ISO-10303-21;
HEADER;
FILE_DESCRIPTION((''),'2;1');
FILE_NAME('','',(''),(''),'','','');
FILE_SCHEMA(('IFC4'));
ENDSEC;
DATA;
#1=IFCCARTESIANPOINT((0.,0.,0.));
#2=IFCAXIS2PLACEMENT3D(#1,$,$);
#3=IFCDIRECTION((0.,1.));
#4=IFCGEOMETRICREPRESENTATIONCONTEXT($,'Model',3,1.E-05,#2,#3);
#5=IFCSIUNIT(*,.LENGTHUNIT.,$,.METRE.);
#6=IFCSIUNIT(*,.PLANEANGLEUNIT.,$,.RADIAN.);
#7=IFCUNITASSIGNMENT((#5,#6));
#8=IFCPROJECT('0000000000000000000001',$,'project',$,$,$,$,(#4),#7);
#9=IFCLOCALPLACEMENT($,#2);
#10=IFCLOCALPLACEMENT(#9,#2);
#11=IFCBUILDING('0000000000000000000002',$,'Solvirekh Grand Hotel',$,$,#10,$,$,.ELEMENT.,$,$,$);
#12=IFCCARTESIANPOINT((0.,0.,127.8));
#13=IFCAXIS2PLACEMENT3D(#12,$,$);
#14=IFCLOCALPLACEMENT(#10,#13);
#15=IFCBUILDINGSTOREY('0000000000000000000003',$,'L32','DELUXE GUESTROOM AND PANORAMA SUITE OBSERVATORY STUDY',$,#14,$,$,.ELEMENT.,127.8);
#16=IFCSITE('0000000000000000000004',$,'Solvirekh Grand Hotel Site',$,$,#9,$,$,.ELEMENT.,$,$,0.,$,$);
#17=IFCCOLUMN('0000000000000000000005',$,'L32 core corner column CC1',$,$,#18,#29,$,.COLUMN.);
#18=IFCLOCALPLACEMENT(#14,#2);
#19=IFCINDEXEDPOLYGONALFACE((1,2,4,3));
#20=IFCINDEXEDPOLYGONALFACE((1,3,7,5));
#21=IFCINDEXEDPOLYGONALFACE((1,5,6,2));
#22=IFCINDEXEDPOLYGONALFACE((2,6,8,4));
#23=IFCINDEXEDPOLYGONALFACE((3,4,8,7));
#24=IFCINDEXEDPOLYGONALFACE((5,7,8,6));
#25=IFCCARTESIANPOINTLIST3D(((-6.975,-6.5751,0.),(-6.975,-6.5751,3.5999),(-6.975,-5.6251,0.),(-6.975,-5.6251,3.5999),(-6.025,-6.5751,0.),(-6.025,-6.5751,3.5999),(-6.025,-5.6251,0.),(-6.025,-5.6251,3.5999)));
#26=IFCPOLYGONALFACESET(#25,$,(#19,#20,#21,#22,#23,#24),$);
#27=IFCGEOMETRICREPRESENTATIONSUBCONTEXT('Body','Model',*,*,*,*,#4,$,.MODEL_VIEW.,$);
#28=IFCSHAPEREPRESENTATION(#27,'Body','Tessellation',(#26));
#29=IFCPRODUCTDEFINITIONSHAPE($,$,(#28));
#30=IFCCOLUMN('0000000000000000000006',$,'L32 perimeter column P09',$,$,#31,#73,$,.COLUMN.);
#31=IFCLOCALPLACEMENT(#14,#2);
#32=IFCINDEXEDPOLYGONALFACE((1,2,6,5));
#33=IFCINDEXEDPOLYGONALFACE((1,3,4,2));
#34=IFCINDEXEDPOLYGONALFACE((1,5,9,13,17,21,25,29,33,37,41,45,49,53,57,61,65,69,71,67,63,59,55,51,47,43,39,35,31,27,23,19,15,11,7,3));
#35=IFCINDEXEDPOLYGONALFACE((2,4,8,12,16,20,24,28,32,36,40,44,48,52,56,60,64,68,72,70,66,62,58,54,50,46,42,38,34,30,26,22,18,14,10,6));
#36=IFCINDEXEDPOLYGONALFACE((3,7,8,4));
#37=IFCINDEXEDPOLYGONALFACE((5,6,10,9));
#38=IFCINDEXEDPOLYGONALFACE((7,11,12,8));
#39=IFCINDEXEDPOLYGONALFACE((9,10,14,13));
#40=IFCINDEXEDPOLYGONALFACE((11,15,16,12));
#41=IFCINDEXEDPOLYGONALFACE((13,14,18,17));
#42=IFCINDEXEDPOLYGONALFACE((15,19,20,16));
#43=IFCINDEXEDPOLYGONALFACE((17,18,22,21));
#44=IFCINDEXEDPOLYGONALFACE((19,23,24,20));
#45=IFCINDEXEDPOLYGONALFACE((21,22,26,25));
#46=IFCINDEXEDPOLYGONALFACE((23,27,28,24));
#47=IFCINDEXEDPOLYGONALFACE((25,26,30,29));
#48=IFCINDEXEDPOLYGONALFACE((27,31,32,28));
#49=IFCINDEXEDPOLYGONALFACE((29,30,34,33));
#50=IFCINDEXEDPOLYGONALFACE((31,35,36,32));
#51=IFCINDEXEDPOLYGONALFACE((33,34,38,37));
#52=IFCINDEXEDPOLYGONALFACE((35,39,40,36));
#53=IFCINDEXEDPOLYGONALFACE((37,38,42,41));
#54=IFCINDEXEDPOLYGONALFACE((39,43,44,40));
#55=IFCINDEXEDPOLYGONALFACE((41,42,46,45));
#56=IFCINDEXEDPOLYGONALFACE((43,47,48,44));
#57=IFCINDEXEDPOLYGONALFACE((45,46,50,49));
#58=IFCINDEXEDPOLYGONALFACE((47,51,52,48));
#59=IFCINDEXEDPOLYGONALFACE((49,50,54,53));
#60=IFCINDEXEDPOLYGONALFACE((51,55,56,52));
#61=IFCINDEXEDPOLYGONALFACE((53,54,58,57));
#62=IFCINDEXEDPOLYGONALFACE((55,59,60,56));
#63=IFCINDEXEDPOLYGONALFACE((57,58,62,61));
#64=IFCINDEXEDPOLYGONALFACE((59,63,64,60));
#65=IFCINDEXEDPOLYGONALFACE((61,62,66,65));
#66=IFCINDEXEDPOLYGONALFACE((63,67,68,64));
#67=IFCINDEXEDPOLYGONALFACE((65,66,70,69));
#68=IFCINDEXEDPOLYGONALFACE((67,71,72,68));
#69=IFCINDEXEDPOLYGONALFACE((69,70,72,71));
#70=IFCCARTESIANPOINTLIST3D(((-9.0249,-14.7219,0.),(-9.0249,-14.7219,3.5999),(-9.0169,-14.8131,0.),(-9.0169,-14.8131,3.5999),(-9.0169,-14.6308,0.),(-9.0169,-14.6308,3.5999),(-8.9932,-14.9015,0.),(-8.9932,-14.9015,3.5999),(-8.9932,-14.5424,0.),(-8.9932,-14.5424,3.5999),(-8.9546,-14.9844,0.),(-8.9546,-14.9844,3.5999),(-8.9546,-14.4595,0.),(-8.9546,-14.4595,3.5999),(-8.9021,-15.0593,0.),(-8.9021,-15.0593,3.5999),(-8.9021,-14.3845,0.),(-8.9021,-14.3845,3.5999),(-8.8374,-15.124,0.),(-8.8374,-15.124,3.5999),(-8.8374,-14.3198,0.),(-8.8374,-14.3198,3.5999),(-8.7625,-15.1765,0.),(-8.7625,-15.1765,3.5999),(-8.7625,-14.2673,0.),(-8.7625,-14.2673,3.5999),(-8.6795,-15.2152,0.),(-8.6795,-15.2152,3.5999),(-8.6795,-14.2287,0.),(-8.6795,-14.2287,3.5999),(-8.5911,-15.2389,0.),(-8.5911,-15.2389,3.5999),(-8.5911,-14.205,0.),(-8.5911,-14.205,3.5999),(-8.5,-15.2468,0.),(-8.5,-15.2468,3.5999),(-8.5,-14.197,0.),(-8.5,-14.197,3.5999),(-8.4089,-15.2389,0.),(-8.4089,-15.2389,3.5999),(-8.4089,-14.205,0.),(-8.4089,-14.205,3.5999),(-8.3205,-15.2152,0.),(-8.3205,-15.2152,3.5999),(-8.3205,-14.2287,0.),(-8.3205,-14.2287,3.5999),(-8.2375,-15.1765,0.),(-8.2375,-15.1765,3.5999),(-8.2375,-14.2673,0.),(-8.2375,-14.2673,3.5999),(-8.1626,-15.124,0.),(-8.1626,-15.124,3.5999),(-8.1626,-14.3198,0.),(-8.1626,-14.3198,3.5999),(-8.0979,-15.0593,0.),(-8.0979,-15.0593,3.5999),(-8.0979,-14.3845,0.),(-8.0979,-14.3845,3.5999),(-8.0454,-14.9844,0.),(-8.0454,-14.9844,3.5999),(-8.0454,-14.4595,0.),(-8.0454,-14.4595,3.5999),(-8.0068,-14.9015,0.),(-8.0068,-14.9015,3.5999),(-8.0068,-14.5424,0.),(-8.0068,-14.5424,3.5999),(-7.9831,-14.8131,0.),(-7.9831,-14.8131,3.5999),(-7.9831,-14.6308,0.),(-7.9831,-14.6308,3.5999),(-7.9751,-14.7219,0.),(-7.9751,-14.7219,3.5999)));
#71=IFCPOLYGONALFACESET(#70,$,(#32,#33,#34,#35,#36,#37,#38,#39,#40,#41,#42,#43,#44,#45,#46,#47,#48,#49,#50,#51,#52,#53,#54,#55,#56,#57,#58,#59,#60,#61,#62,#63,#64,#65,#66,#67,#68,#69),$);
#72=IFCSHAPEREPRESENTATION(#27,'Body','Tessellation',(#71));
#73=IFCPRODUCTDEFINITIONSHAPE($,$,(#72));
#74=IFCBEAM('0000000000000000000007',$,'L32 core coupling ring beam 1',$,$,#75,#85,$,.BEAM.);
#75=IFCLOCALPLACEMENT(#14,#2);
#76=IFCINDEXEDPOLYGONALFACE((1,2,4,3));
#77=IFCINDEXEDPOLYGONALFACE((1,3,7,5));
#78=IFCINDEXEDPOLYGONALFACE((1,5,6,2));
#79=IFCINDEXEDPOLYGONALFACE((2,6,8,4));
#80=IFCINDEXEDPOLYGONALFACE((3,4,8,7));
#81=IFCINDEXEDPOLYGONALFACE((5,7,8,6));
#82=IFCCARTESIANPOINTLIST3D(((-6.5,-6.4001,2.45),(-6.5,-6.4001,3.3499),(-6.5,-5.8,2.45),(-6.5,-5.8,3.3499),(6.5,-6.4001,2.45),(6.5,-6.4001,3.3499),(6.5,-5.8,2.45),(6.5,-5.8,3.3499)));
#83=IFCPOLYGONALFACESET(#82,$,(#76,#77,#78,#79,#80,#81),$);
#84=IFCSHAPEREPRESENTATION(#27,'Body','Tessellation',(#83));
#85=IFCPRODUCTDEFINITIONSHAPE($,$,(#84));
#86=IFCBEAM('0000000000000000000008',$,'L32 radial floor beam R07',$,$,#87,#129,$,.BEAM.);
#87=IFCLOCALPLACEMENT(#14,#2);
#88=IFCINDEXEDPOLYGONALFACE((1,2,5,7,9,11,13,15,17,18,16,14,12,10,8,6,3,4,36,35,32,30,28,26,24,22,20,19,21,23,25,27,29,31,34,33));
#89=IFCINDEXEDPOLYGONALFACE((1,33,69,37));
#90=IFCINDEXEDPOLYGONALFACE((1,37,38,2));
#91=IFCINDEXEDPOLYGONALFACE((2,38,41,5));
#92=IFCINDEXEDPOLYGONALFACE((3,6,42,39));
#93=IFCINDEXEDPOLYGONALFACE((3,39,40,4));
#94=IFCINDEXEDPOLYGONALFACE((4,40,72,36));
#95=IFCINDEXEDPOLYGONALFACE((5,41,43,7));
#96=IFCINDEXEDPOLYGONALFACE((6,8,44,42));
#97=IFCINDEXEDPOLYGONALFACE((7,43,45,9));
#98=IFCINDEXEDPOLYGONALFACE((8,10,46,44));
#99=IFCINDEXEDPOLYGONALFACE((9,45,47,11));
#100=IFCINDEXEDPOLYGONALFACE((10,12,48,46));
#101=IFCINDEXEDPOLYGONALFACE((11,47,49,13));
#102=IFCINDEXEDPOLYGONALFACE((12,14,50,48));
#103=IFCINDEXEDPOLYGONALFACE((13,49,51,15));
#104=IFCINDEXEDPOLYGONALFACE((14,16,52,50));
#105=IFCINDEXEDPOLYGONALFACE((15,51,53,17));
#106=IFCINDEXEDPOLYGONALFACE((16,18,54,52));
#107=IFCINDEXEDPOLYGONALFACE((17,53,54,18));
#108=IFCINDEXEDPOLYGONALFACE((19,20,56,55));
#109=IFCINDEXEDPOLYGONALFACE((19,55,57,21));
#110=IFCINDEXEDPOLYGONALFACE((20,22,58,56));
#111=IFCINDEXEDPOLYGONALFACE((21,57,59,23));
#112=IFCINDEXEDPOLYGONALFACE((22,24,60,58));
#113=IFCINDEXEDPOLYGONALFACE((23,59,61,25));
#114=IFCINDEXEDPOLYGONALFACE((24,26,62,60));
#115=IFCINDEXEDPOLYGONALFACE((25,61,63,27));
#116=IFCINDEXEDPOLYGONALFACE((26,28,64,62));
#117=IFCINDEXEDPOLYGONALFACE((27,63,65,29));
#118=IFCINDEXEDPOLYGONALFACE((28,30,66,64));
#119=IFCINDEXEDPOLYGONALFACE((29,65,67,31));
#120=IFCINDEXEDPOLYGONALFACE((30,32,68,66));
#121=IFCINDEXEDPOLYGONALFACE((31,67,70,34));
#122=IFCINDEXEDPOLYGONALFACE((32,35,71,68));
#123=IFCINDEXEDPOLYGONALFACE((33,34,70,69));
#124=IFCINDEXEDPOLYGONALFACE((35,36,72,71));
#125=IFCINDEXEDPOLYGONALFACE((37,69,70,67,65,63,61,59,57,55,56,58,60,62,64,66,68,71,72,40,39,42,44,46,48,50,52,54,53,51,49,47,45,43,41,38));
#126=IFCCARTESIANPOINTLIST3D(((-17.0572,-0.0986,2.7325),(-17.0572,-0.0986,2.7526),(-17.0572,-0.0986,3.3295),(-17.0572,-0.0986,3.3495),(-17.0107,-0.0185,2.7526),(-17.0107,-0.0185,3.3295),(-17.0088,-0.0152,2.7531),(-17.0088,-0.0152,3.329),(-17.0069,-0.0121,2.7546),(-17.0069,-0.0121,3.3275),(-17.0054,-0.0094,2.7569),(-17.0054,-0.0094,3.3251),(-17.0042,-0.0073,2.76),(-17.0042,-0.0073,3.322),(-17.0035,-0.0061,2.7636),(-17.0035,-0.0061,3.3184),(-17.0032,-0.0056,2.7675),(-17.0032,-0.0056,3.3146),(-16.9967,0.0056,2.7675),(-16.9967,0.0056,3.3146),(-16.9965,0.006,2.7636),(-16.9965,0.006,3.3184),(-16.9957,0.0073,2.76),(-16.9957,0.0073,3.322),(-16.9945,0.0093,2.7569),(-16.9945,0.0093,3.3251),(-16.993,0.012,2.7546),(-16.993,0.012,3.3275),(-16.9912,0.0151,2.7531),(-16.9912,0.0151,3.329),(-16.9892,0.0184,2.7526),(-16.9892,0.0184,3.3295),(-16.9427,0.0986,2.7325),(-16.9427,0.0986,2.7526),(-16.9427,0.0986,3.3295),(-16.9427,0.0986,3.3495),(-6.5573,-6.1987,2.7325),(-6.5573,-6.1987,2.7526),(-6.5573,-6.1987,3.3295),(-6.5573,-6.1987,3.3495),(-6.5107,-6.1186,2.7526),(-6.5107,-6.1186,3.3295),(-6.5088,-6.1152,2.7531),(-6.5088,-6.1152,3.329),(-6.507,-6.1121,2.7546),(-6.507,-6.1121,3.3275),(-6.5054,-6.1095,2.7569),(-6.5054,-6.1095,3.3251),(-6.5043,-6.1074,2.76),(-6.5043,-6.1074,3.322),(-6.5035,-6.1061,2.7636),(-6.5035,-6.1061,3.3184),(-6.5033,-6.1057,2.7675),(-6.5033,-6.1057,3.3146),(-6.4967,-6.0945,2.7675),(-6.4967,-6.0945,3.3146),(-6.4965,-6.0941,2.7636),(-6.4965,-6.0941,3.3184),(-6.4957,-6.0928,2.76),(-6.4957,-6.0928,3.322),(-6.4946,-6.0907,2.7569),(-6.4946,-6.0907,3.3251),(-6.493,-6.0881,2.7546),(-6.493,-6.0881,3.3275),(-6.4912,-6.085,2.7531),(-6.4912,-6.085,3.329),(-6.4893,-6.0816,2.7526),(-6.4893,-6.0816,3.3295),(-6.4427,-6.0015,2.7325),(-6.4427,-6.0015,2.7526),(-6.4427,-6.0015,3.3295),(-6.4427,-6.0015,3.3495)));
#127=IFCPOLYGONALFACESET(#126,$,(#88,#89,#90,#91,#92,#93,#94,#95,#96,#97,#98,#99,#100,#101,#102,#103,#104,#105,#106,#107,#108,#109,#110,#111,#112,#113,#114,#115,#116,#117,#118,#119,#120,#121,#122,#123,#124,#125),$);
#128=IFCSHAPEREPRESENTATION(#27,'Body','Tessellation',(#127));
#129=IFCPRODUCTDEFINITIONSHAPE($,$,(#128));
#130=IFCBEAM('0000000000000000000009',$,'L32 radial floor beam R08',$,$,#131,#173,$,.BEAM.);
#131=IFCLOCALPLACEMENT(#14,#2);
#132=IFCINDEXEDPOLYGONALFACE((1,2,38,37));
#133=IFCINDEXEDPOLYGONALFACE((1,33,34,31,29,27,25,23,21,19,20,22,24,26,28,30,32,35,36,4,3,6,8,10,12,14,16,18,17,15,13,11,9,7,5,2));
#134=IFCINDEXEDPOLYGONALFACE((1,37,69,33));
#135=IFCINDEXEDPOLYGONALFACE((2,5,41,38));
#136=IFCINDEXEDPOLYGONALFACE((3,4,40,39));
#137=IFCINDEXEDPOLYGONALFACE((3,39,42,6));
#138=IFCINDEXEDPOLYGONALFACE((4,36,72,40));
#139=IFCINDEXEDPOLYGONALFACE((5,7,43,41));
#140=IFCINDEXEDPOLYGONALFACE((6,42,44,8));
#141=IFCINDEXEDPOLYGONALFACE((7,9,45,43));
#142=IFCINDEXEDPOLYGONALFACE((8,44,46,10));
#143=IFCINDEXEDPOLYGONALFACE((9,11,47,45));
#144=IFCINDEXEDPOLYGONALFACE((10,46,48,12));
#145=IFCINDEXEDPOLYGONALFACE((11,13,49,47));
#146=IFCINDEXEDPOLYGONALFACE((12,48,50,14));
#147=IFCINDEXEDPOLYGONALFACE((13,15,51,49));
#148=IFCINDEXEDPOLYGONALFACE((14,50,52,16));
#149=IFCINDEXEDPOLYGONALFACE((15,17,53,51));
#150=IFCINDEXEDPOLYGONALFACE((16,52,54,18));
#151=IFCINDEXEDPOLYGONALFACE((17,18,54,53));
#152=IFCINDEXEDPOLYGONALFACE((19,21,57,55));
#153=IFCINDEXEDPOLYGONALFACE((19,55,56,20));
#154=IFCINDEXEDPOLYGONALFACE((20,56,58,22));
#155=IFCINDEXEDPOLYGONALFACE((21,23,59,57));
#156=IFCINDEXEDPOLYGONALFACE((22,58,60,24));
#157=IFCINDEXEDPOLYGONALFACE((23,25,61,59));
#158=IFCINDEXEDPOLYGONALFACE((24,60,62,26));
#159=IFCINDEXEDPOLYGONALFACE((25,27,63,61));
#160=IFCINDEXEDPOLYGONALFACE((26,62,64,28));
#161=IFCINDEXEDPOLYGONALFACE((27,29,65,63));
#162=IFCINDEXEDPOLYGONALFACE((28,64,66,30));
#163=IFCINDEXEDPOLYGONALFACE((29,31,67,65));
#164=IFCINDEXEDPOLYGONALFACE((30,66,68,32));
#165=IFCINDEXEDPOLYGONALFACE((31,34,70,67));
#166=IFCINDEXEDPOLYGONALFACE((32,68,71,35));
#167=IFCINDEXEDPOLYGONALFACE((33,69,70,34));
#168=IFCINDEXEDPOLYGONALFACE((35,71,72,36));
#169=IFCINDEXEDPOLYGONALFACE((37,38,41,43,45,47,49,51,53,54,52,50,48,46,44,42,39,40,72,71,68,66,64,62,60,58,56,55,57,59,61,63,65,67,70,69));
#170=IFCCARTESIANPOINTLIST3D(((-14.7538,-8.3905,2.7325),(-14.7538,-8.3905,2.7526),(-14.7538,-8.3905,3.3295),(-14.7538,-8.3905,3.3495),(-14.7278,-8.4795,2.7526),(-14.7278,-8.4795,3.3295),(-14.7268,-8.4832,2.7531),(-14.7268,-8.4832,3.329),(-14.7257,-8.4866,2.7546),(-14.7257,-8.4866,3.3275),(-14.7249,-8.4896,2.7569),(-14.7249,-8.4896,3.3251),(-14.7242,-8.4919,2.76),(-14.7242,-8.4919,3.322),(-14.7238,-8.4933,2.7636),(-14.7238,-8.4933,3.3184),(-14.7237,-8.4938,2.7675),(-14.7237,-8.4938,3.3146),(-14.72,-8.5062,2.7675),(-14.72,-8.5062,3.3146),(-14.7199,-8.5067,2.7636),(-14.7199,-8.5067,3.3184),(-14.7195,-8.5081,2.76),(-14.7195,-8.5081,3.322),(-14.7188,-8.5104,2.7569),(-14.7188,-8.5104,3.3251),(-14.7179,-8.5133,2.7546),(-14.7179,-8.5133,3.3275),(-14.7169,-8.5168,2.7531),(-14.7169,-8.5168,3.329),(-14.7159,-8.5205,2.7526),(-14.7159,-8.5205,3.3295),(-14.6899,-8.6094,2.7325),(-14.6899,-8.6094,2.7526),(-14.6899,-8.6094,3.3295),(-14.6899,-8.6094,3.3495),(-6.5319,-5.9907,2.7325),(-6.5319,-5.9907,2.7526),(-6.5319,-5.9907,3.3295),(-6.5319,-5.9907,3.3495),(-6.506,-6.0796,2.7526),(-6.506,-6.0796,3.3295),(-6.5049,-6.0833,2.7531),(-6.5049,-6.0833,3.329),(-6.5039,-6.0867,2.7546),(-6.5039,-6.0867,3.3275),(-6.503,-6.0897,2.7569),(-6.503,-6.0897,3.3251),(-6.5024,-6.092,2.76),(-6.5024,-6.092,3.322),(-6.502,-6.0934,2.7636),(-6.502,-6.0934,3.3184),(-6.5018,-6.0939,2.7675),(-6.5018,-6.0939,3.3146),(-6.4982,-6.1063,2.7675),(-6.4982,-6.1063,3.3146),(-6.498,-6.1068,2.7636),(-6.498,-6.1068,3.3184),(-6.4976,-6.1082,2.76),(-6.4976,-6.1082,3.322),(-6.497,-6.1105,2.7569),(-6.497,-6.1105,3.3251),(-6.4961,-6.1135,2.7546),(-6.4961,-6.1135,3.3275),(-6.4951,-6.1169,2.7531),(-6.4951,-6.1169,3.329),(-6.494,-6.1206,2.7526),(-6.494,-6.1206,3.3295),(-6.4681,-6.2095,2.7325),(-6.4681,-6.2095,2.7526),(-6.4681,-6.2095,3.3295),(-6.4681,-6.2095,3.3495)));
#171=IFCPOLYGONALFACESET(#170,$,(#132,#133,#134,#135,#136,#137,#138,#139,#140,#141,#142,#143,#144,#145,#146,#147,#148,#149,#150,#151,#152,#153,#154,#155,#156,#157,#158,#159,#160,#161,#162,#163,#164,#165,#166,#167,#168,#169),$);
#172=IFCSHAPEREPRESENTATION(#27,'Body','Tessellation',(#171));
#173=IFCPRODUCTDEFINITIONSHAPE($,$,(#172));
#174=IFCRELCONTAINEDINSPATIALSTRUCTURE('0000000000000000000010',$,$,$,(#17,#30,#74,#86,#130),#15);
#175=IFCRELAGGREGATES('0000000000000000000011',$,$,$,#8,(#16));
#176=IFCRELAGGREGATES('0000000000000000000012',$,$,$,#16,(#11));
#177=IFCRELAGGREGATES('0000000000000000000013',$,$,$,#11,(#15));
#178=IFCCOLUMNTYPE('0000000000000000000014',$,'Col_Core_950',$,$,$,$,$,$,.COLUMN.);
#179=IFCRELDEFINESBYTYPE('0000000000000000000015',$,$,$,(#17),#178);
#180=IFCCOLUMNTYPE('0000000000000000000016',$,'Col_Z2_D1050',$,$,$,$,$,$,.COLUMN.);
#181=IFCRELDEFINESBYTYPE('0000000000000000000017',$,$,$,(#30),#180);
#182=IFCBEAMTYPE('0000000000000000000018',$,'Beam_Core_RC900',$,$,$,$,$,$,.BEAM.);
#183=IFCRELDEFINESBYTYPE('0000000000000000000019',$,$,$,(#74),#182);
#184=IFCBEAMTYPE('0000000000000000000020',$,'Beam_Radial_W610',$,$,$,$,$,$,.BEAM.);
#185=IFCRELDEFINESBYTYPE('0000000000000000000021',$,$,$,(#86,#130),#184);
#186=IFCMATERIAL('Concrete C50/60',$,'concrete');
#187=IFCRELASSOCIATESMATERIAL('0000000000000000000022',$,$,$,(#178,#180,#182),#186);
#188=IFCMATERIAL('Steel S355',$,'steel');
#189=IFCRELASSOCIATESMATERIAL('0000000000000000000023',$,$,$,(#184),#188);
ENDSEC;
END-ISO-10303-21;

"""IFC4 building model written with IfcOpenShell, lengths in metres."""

from ifc_helpers import new_model, si_unit, direction, frame, origin, origin_2d, place, context, subcontext, project, spatial, rectangle, circle, i_section, extrude, material, material_profile, profile_set, type_object, element, save


model = new_model("IFC4")

# Units and contexts
model_context = context("Model", 3, precision=1e-05, world=origin(), true_north=direction((0.0, 1.0)))
body_context = subcontext(model_context, "Body", "Model", "MODEL_VIEW")
ifc_project = project(units=[si_unit("LENGTHUNIT", "METRE"), si_unit("PLANEANGLEUNIT", "RADIAN")], contexts=[model_context])

# Site, building, storey
site_placement = place(None, origin())
site = spatial("IfcSite", under=ifc_project, at=site_placement, Name="Solvirekh Grand Hotel Site", CompositionType="ELEMENT", RefElevation=0.0)
building_placement = place(site_placement, origin())
building = spatial("IfcBuilding", under=site, at=building_placement, Name="Solvirekh Grand Hotel", CompositionType="ELEMENT")
storey_placement = place(building_placement, frame((0.0, 0.0, 127.8)))
storey = spatial("IfcBuildingStorey", under=building, at=storey_placement, Name="L32", Description="DELUXE GUESTROOM AND PANORAMA SUITE OBSERVATORY STUDY", CompositionType="ELEMENT", Elevation=127.8)

# Columns
ifc_material_1 = material(Name="Concrete C50/60", Category="concrete")
ifc_material_profile_1 = material_profile(ifc_material_1, rectangle(XDim=0.95, YDim=0.95, at=origin_2d()), Name="RC 950X950")
ifc_profile_set_1 = profile_set([ifc_material_profile_1], Name="Concrete C50/60")
column_type_1 = type_object("IfcColumnType", Name="Col_Core_950", PredefinedType="COLUMN", material=ifc_profile_set_1)
column_1_placement = place(storey_placement, frame((-6.5, -6.1001, 0.0), z_axis=(0.0, 0.0, 1.0), x_axis=(1.0, 0.0, 0.0)))
element("IfcColumn", 1, at=column_1_placement, inside=storey, type_object=column_type_1, Name="L32 core corner column CC1", PredefinedType="COLUMN", context=body_context, shape_type="SweptSolid", body=[
    extrude(rectangle(XDim=0.95, YDim=0.95, at=origin_2d()), origin(), (0.0, 0.0, 1.0), 3.5999),
])
ifc_material_profile_2 = material_profile(ifc_material_1, circle(Radius=0.5249, at=origin_2d()), Name="RC CIRC D1050")
ifc_profile_set_2 = profile_set([ifc_material_profile_2], Name="Concrete C50/60")
column_type_2 = type_object("IfcColumnType", Name="Col_Z2_D1050", PredefinedType="COLUMN", material=ifc_profile_set_2)
column_2_placement = place(storey_placement, frame((-8.5, -14.7219, 0.0), z_axis=(0.0, 0.0, 1.0), x_axis=(1.0, 0.0, 0.0)))
element("IfcColumn", 2, at=column_2_placement, inside=storey, type_object=column_type_2, Name="L32 perimeter column P09", PredefinedType="COLUMN", context=body_context, shape_type="SweptSolid", body=[
    extrude(circle(Radius=0.5249, at=origin_2d()), origin(), (0.0, 0.0, 1.0), 3.5999),
])

# Beams
ifc_material_profile_3 = material_profile(ifc_material_1, rectangle(XDim=0.6001, YDim=0.8999, at=origin_2d()), Name="RC BEAM 600X900")
ifc_profile_set_3 = profile_set([ifc_material_profile_3], Name="Concrete C50/60")
beam_type_1 = type_object("IfcBeamType", Name="Beam_Core_RC900", PredefinedType="BEAM", material=ifc_profile_set_3)
beam_1_placement = place(storey_placement, frame((-6.5, -6.1001, 2.8999), z_axis=(1.0, 0.0, 0.0), x_axis=(0.0, 1.0, 0.0)))
element("IfcBeam", 3, at=beam_1_placement, inside=storey, type_object=beam_type_1, Name="L32 core coupling ring beam 1", PredefinedType="BEAM", context=body_context, shape_type="SweptSolid", body=[
    extrude(rectangle(XDim=0.6001, YDim=0.8999, at=origin_2d()), origin(), (0.0, 0.0, 1.0), 13.0),
])
ifc_material_2 = material(Name="Steel S355", Category="steel")
ifc_material_profile_4 = material_profile(ifc_material_2, i_section(OverallWidth=0.228, OverallDepth=0.6169, WebThickness=0.0129, FlangeThickness=0.02, FilletRadius=0.0149, at=origin_2d()), Name="W610X140")
ifc_profile_set_4 = profile_set([ifc_material_profile_4], Name="Steel S355")
beam_type_2 = type_object("IfcBeamType", Name="Beam_Radial_W610", PredefinedType="BEAM", material=ifc_profile_set_4)
beam_2_placement = place(storey_placement, frame((-6.5, -6.1001, 3.041), z_axis=(-0.86467, 0.50234, 0.0), x_axis=(-0.50234, -0.86467, 0.0)))
element("IfcBeam", 4, at=beam_2_placement, inside=storey, type_object=beam_type_2, Name="L32 radial floor beam R07", PredefinedType="BEAM", context=body_context, shape_type="SweptSolid", body=[
    extrude(i_section(OverallWidth=0.228, OverallDepth=0.6169, WebThickness=0.0129, FlangeThickness=0.02, FilletRadius=0.0149, at=origin_2d()), origin(), (0.0, 0.0, 1.0), 12.1433),
])
beam_3_placement = place(storey_placement, frame((-6.5, -6.1001, 3.041), z_axis=(-0.959942, -0.280198, 0.0), x_axis=(0.280198, -0.959942, 0.0)))
element("IfcBeam", 5, at=beam_3_placement, inside=storey, type_object=beam_type_2, Name="L32 radial floor beam R08", PredefinedType="BEAM", context=body_context, shape_type="SweptSolid", body=[
    extrude(i_section(OverallWidth=0.228, OverallDepth=0.6169, WebThickness=0.0129, FlangeThickness=0.02, FilletRadius=0.0149, at=origin_2d()), origin(), (0.0, 0.0, 1.0), 8.5649),
])

save(model, "model.ifc")
